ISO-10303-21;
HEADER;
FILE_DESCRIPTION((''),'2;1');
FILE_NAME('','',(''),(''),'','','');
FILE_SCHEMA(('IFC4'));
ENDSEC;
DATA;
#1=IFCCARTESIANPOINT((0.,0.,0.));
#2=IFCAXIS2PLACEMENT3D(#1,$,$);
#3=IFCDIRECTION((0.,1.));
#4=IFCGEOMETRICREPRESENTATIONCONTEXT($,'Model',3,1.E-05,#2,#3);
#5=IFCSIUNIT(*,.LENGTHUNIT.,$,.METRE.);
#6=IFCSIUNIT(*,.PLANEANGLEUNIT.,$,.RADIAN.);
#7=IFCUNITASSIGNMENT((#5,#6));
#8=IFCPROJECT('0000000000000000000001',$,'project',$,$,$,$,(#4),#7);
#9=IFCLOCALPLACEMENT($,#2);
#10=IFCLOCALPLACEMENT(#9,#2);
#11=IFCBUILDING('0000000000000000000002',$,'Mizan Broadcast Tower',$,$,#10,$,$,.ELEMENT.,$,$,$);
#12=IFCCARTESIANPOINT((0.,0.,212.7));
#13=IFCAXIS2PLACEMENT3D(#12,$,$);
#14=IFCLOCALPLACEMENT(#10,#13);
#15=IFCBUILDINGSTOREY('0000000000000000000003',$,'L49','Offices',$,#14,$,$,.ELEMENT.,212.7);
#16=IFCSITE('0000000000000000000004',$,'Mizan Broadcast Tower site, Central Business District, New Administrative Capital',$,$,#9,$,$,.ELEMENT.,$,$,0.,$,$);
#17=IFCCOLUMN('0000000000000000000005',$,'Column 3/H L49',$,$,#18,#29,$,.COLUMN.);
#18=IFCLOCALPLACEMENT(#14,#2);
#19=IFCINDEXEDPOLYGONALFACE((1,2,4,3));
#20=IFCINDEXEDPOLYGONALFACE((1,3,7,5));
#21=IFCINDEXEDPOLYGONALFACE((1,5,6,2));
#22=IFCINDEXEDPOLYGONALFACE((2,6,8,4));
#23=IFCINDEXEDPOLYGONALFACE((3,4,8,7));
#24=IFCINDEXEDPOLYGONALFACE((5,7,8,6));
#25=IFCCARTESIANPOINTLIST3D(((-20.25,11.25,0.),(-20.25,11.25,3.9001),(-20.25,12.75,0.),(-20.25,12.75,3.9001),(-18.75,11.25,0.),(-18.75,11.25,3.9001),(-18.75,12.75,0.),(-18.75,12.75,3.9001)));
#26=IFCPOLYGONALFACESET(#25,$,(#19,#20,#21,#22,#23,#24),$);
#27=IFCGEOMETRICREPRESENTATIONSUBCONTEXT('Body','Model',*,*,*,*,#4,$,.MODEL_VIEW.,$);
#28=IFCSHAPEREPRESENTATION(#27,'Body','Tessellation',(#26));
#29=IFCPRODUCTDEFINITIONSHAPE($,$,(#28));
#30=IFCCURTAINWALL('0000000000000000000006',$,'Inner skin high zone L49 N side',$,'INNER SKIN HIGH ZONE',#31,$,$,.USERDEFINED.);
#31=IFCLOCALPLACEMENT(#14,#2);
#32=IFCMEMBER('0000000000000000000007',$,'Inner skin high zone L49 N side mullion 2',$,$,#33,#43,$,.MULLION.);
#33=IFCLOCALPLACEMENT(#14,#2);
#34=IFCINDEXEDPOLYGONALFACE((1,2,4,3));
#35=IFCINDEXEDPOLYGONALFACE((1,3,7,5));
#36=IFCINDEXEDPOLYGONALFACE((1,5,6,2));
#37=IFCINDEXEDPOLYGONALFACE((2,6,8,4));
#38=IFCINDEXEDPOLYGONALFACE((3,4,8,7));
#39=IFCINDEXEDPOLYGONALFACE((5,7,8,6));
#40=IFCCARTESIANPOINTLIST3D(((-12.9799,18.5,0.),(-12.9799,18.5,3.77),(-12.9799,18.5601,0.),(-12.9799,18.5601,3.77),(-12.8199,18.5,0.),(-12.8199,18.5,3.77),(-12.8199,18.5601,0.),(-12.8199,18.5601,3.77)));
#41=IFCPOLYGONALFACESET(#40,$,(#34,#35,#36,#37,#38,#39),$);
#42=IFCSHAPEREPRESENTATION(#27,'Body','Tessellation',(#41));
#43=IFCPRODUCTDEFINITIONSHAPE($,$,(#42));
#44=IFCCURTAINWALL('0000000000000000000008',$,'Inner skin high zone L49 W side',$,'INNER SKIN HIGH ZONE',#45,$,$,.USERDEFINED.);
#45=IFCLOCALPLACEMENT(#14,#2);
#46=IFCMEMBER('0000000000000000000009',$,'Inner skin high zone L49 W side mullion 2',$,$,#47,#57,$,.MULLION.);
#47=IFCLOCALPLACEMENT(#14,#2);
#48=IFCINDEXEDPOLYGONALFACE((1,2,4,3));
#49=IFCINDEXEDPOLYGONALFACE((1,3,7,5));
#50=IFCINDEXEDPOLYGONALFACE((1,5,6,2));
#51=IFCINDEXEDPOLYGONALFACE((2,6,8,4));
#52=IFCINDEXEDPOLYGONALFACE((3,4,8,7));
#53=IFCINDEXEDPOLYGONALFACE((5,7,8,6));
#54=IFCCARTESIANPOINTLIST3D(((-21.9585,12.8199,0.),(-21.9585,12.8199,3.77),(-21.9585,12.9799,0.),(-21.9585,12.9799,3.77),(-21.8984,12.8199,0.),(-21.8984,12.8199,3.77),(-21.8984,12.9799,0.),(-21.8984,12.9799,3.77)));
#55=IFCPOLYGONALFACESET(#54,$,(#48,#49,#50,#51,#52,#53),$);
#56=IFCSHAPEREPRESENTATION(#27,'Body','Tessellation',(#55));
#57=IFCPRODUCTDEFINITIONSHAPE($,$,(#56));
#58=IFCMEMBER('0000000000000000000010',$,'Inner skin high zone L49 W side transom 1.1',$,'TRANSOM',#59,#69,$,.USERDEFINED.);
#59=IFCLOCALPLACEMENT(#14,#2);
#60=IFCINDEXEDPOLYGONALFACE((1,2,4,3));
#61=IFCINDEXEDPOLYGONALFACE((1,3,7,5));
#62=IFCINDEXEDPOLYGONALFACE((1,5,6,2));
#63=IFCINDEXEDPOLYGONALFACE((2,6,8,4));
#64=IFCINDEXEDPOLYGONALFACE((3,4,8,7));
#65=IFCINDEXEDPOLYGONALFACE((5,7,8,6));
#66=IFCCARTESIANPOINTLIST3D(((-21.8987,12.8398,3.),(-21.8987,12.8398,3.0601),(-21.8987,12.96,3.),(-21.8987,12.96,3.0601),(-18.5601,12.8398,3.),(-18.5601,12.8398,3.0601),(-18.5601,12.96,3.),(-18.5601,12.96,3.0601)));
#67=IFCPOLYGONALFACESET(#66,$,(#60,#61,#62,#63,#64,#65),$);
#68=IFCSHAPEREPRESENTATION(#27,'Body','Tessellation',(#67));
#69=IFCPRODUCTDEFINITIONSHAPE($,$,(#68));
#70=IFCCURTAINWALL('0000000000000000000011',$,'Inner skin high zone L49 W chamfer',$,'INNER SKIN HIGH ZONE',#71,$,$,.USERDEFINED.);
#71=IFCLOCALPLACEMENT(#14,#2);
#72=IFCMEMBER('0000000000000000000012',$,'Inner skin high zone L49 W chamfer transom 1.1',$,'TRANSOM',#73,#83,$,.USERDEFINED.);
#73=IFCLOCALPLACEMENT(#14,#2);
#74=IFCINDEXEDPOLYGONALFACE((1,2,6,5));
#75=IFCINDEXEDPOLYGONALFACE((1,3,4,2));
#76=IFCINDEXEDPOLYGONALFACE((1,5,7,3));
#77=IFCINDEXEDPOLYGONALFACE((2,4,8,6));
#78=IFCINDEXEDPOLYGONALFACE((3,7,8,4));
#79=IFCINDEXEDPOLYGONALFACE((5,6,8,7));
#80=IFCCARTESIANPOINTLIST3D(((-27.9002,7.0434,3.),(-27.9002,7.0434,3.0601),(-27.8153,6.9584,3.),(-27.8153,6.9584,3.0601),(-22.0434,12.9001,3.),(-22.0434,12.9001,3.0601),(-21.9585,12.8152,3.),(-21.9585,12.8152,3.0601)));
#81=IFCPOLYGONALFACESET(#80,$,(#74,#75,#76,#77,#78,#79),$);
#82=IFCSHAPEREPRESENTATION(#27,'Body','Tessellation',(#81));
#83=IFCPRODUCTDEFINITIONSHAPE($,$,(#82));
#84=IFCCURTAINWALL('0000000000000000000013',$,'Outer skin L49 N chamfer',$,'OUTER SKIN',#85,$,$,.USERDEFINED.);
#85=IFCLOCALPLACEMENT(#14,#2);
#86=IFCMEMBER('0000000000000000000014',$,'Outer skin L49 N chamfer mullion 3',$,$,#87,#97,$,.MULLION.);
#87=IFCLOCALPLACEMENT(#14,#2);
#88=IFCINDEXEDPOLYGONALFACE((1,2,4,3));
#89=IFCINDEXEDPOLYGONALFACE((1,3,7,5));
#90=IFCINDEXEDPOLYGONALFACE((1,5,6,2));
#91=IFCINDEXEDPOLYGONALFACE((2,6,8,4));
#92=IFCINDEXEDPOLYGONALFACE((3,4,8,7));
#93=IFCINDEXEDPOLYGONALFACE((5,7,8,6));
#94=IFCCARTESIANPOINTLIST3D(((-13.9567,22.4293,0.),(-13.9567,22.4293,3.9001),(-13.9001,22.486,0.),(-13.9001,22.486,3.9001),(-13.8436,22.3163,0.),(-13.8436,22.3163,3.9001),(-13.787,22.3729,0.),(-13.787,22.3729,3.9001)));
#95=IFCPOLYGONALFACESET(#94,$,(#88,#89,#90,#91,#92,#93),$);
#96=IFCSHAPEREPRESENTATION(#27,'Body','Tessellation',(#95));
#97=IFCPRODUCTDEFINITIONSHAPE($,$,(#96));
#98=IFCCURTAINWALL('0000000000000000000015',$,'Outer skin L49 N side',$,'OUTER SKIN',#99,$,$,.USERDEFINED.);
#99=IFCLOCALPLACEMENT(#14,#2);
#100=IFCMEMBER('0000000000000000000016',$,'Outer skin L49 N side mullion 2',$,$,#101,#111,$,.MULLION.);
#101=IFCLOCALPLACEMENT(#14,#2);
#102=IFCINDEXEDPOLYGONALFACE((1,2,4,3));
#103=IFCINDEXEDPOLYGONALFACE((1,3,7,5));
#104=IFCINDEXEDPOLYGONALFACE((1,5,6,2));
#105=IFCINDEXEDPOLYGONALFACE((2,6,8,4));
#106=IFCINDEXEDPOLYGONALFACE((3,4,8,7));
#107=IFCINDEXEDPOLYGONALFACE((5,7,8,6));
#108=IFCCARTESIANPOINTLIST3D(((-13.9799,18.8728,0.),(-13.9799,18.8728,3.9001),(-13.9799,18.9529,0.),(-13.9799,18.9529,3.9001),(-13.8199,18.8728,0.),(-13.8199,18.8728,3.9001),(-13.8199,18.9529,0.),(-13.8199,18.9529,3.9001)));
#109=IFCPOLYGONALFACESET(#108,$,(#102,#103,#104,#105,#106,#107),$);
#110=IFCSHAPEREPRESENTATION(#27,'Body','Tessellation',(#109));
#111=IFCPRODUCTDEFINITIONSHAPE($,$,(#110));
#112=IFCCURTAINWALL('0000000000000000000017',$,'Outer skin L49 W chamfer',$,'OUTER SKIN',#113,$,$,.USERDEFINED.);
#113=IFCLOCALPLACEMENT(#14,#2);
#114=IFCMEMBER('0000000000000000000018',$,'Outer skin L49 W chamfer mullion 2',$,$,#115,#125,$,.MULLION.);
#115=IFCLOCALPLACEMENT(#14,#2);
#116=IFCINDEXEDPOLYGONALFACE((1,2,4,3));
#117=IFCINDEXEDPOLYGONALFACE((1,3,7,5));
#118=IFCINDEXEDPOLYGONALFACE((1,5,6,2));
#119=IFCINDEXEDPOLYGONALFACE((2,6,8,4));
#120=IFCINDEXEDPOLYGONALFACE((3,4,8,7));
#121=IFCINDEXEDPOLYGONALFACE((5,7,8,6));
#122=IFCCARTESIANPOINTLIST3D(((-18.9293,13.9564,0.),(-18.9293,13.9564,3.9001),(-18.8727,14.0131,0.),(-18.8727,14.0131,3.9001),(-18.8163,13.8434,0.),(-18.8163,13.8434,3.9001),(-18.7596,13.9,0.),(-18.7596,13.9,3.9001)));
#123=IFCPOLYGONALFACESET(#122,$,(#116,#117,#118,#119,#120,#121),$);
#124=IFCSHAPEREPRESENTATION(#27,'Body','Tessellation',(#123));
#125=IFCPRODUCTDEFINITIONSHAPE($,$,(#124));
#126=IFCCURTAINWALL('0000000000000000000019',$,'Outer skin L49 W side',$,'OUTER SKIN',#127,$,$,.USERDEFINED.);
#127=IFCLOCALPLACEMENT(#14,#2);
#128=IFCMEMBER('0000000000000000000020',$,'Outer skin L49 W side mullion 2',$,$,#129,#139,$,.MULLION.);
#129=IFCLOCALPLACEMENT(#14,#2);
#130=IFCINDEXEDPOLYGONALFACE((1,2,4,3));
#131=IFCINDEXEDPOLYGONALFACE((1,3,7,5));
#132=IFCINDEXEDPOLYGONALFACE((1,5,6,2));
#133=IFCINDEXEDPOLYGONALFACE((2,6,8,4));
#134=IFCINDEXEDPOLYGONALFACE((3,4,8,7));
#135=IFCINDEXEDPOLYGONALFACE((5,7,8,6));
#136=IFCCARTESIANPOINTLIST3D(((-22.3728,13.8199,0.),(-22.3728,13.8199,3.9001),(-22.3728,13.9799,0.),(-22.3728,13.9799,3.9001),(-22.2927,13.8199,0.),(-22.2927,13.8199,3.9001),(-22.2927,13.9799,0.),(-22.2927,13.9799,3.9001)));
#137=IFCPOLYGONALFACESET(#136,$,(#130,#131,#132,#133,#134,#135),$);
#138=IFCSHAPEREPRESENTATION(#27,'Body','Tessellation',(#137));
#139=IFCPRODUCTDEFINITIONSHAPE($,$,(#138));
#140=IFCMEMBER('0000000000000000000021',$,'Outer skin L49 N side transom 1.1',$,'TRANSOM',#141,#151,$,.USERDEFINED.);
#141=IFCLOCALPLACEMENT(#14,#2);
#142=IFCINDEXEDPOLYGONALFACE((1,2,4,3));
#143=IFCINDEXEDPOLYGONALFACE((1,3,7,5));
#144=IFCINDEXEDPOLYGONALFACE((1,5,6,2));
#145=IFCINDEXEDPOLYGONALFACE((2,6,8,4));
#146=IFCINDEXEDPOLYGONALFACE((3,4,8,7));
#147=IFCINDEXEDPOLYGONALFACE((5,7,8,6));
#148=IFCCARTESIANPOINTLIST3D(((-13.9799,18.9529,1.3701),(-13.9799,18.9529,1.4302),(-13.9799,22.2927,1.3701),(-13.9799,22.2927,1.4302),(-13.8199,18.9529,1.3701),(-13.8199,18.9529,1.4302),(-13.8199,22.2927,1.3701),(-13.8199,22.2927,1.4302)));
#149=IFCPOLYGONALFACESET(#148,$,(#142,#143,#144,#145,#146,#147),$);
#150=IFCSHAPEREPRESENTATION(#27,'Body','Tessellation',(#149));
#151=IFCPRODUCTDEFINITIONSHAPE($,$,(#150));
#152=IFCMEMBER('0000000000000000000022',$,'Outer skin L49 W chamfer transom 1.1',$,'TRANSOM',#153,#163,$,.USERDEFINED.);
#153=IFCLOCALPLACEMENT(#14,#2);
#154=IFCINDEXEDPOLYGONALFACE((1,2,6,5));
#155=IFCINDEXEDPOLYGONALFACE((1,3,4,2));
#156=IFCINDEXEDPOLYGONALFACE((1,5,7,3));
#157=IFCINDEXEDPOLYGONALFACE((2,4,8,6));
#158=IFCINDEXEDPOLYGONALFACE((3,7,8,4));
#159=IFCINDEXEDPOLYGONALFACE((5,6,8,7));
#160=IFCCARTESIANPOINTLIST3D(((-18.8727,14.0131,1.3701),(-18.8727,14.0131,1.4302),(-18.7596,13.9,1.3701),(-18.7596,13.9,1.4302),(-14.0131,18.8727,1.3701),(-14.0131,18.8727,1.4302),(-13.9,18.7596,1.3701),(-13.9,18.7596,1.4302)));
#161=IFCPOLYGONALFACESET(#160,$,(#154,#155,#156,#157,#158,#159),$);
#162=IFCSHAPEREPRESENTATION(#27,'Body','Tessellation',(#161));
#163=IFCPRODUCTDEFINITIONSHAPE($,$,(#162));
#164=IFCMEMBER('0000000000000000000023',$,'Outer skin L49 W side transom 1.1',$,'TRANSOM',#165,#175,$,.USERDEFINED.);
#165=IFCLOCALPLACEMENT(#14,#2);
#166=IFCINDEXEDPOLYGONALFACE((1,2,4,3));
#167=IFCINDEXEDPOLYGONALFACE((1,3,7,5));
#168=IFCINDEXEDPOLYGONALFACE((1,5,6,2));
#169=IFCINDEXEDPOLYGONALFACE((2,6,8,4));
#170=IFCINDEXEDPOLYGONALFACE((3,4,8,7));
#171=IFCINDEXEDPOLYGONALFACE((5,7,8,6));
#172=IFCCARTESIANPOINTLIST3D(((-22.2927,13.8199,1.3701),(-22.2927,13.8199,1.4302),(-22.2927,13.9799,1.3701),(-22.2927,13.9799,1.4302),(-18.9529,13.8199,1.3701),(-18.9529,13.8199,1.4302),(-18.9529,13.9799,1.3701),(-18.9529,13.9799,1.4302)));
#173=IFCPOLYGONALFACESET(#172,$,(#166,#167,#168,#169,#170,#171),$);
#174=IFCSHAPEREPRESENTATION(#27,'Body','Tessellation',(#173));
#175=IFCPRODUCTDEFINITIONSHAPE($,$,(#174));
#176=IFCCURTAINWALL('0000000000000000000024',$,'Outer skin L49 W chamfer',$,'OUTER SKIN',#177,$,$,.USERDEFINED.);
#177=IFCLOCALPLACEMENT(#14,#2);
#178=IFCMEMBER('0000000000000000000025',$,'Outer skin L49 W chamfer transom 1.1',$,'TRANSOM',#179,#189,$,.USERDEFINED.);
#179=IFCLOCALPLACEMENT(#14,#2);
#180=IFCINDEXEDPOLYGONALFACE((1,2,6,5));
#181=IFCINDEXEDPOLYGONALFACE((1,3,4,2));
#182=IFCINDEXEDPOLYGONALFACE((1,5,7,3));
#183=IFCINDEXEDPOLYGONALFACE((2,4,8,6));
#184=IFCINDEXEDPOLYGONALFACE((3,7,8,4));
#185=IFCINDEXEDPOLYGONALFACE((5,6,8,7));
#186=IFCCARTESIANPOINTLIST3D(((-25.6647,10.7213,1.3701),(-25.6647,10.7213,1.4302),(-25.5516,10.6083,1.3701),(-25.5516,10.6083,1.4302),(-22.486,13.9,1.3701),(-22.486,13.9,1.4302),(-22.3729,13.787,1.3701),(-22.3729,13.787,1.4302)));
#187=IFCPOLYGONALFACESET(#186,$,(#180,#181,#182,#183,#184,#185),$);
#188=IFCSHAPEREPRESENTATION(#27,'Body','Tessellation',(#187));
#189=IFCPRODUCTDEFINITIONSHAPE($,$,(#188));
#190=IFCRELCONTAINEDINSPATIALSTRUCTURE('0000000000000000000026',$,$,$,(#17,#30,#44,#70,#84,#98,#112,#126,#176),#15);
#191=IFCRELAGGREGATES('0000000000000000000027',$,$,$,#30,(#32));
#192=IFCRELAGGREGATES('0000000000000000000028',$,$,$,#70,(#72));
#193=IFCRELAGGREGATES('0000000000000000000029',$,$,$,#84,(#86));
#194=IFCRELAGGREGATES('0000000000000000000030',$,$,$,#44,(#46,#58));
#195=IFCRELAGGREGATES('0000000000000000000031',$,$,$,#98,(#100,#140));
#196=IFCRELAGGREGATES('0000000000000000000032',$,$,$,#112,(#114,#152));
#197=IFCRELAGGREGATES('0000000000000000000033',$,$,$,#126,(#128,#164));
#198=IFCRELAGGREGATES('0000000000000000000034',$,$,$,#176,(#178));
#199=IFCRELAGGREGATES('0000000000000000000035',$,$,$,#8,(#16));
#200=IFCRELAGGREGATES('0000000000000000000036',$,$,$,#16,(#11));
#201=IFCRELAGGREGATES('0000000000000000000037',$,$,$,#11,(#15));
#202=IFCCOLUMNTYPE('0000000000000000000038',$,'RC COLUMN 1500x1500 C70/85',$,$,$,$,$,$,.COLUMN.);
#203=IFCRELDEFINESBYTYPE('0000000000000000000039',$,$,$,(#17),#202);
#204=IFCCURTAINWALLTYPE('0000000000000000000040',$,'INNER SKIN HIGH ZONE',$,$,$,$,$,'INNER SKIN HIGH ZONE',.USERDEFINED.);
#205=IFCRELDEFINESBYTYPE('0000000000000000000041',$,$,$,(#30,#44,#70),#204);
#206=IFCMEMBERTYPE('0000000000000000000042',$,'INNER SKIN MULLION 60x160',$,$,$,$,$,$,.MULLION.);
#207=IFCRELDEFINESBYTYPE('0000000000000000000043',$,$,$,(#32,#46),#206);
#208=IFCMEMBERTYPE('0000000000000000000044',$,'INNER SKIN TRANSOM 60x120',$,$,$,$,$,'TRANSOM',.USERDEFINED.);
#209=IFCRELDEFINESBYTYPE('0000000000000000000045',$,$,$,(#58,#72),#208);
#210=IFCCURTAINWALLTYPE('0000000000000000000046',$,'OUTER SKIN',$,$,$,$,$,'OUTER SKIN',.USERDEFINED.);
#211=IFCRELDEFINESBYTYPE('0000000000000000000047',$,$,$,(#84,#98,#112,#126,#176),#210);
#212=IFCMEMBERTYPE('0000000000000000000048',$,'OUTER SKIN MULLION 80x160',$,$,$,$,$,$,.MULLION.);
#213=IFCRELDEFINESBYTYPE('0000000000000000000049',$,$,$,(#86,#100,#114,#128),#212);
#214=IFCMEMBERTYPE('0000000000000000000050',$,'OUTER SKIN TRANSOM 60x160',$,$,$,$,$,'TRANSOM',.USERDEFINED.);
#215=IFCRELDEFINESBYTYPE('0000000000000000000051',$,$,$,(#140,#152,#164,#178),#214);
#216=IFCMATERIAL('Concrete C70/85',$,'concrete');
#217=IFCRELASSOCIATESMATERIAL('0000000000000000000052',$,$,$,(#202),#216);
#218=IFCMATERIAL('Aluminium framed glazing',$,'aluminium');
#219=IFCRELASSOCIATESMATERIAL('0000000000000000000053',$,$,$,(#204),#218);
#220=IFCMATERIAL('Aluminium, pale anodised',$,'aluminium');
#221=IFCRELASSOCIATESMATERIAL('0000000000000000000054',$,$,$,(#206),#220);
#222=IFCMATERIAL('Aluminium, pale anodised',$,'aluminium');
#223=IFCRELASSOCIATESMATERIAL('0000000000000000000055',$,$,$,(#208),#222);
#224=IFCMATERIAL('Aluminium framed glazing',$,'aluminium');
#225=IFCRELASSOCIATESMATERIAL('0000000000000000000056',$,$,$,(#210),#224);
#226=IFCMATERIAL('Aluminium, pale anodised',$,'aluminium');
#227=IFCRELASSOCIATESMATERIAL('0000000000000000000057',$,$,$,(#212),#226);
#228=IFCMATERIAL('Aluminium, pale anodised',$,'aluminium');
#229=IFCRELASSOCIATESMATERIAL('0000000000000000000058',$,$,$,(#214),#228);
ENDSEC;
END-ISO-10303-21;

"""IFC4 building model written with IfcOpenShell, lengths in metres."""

from ifc_helpers import new_model, si_unit, direction, frame, origin, origin_2d, place, context, subcontext, project, spatial, rectangle, extrude, material, material_profile, profile_set, type_object, element, aggregate, save


model = new_model("IFC4")

# Units and contexts
model_context = context("Model", 3, precision=1e-05, world=origin(), true_north=direction((0.0, 1.0)))
body_context = subcontext(model_context, "Body", "Model", "MODEL_VIEW")
ifc_project = project(units=[si_unit("LENGTHUNIT", "METRE"), si_unit("PLANEANGLEUNIT", "RADIAN")], contexts=[model_context])

# Site, building, storey
site_placement = place(None, origin())
site = spatial("IfcSite", under=ifc_project, at=site_placement, Name="Mizan Broadcast Tower site, Central Business District, New Administrative Capital", CompositionType="ELEMENT", RefElevation=0.0)
building_placement = place(site_placement, origin())
building = spatial("IfcBuilding", under=site, at=building_placement, Name="Mizan Broadcast Tower", CompositionType="ELEMENT")
storey_placement = place(building_placement, frame((0.0, 0.0, 212.7)))
storey = spatial("IfcBuildingStorey", under=building, at=storey_placement, Name="L49", Description="Offices", CompositionType="ELEMENT", Elevation=212.7)

# Column
ifc_material_1 = material(Name="Concrete C70/85", Category="concrete")
ifc_material_profile_1 = material_profile(ifc_material_1, rectangle(XDim=1.5, YDim=1.5, at=origin_2d()), Name="RC 1500x1500")
ifc_profile_set_1 = profile_set([ifc_material_profile_1], Name="Concrete C70/85")
column_type = type_object("IfcColumnType", Name="RC COLUMN 1500x1500 C70/85", PredefinedType="COLUMN", material=ifc_profile_set_1)
column_placement = place(storey_placement, frame((-19.5, 12.0, 0.0), z_axis=(0.0, 0.0, 1.0), x_axis=(1.0, 0.0, 0.0)))
element("IfcColumn", 1, at=column_placement, inside=storey, type_object=column_type, Name="Column 3/H L49", PredefinedType="COLUMN", context=body_context, shape_type="SweptSolid", body=[
    extrude(rectangle(XDim=1.5, YDim=1.5, at=origin_2d()), origin(), (0.0, 0.0, 1.0), 3.9001),
])

# Curtain wall, member
ifc_material_2 = material(Name="Aluminium framed glazing", Category="aluminium")
curtain_wall_type_1 = type_object("IfcCurtainWallType", Name="INNER SKIN HIGH ZONE", ElementType="INNER SKIN HIGH ZONE", PredefinedType="USERDEFINED", material=ifc_material_2)
curtain_wall_1_placement = place(storey_placement, origin())
curtain_wall_1 = element("IfcCurtainWall", 2, at=curtain_wall_1_placement, inside=storey, type_object=curtain_wall_type_1, Name="Inner skin high zone L49 N side", ObjectType="INNER SKIN HIGH ZONE", PredefinedType="USERDEFINED")
ifc_material_3 = material(Name="Aluminium, pale anodised", Category="aluminium")
ifc_material_profile_2 = material_profile(ifc_material_3, rectangle(XDim=0.1599, YDim=0.0601, at=origin_2d()), Name="MULLION 160x60")
ifc_profile_set_2 = profile_set([ifc_material_profile_2], Name="Aluminium, pale anodised")
member_type_1 = type_object("IfcMemberType", Name="INNER SKIN MULLION 60x160", PredefinedType="MULLION", material=ifc_profile_set_2)
member_1_placement = place(storey_placement, frame((-12.8999, 18.53, 0.0), z_axis=(0.0, 0.0, 1.0), x_axis=(1.0, 0.0, 0.0)))
member_1 = element("IfcMember", 3, at=member_1_placement, type_object=member_type_1, Name="Inner skin high zone L49 N side mullion 2", PredefinedType="MULLION", context=body_context, shape_type="SweptSolid", body=[
    extrude(rectangle(XDim=0.1599, YDim=0.0601, at=origin_2d()), origin(), (0.0, 0.0, 1.0), 3.77),
])
aggregate(curtain_wall_1, [member_1])

# Curtain wall, members
curtain_wall_2_placement = place(storey_placement, origin())
curtain_wall_2 = element("IfcCurtainWall", 4, at=curtain_wall_2_placement, inside=storey, type_object=curtain_wall_type_1, Name="Inner skin high zone L49 W side", ObjectType="INNER SKIN HIGH ZONE", PredefinedType="USERDEFINED")
member_2_placement = place(storey_placement, frame((-21.9285, 12.8999, 0.0), z_axis=(0.0, 0.0, 1.0), x_axis=(0.0, -1.0, 0.0)))
member_2 = element("IfcMember", 5, at=member_2_placement, type_object=member_type_1, Name="Inner skin high zone L49 W side mullion 2", PredefinedType="MULLION", context=body_context, shape_type="SweptSolid", body=[
    extrude(rectangle(XDim=0.1599, YDim=0.0601, at=origin_2d()), origin(), (0.0, 0.0, 1.0), 3.77),
])
ifc_material_4 = material(Name="Aluminium, pale anodised", Category="aluminium")
ifc_material_profile_3 = material_profile(ifc_material_4, rectangle(XDim=0.1201, YDim=0.0601, at=origin_2d()), Name="TRANSOM 120x60")
ifc_profile_set_3 = profile_set([ifc_material_profile_3], Name="Aluminium, pale anodised")
member_type_2 = type_object("IfcMemberType", Name="INNER SKIN TRANSOM 60x120", ElementType="TRANSOM", PredefinedType="USERDEFINED", material=ifc_profile_set_3)
member_3_placement = place(storey_placement, frame((-18.5601, 12.8999, 3.03), z_axis=(-1.0, 0.0, 0.0), x_axis=(0.0, -1.0, 0.0)))
member_3 = element("IfcMember", 6, at=member_3_placement, type_object=member_type_2, Name="Inner skin high zone L49 W side transom 1.1", ObjectType="TRANSOM", PredefinedType="USERDEFINED", context=body_context, shape_type="SweptSolid", body=[
    extrude(rectangle(XDim=0.1201, YDim=0.0601, at=origin_2d()), origin(), (0.0, 0.0, 1.0), 3.3386),
])

# Curtain walls, members
curtain_wall_3_placement = place(storey_placement, origin())
curtain_wall_3 = element("IfcCurtainWall", 7, at=curtain_wall_3_placement, inside=storey, type_object=curtain_wall_type_1, Name="Inner skin high zone L49 W chamfer", ObjectType="INNER SKIN HIGH ZONE", PredefinedType="USERDEFINED")
member_4_placement = place(storey_placement, frame((-22.001, 12.8577, 3.03), z_axis=(-0.707107, -0.707107, 0.0), x_axis=(0.707107, -0.707107, 0.0)))
member_4 = element("IfcMember", 8, at=member_4_placement, type_object=member_type_2, Name="Inner skin high zone L49 W chamfer transom 1.1", ObjectType="TRANSOM", PredefinedType="USERDEFINED", context=body_context, shape_type="SweptSolid", body=[
    extrude(rectangle(XDim=0.1201, YDim=0.0601, at=origin_2d()), origin(), (0.0, 0.0, 1.0), 8.2827),
])
aggregate(curtain_wall_3, [member_4])
ifc_material_5 = material(Name="Aluminium framed glazing", Category="aluminium")
curtain_wall_type_2 = type_object("IfcCurtainWallType", Name="OUTER SKIN", ElementType="OUTER SKIN", PredefinedType="USERDEFINED", material=ifc_material_5)
curtain_wall_4_placement = place(storey_placement, origin())
curtain_wall_4 = element("IfcCurtainWall", 9, at=curtain_wall_4_placement, inside=storey, type_object=curtain_wall_type_2, Name="Outer skin L49 N chamfer", ObjectType="OUTER SKIN", PredefinedType="USERDEFINED")
ifc_material_6 = material(Name="Aluminium, pale anodised", Category="aluminium")
ifc_material_profile_4 = material_profile(ifc_material_6, rectangle(XDim=0.1599, YDim=0.0801, at=origin_2d()), Name="MULLION 160x80")
ifc_profile_set_4 = profile_set([ifc_material_profile_4], Name="Aluminium, pale anodised")
member_type_3 = type_object("IfcMemberType", Name="OUTER SKIN MULLION 80x160", PredefinedType="MULLION", material=ifc_profile_set_4)
member_5_placement = place(storey_placement, frame((-13.8718, 22.4011, 0.0), z_axis=(0.0, 0.0, 1.0), x_axis=(0.707107, -0.707107, 0.0)))
member_5 = element("IfcMember", 10, at=member_5_placement, type_object=member_type_3, Name="Outer skin L49 N chamfer mullion 3", PredefinedType="MULLION", context=body_context, shape_type="SweptSolid", body=[
    extrude(rectangle(XDim=0.1599, YDim=0.0801, at=origin_2d()), origin(), (0.0, 0.0, 1.0), 3.9001),
])
aggregate(curtain_wall_4, [member_5])
curtain_wall_5_placement = place(storey_placement, origin())
curtain_wall_5 = element("IfcCurtainWall", 11, at=curtain_wall_5_placement, inside=storey, type_object=curtain_wall_type_2, Name="Outer skin L49 N side", ObjectType="OUTER SKIN", PredefinedType="USERDEFINED")
member_6_placement = place(storey_placement, frame((-13.8999, 18.9128, 0.0), z_axis=(0.0, 0.0, 1.0), x_axis=(1.0, 0.0, 0.0)))
member_6 = element("IfcMember", 12, at=member_6_placement, type_object=member_type_3, Name="Outer skin L49 N side mullion 2", PredefinedType="MULLION", context=body_context, shape_type="SweptSolid", body=[
    extrude(rectangle(XDim=0.1599, YDim=0.0801, at=origin_2d()), origin(), (0.0, 0.0, 1.0), 3.9001),
])
curtain_wall_6_placement = place(storey_placement, origin())
curtain_wall_6 = element("IfcCurtainWall", 13, at=curtain_wall_6_placement, inside=storey, type_object=curtain_wall_type_2, Name="Outer skin L49 W chamfer", ObjectType="OUTER SKIN", PredefinedType="USERDEFINED")
member_7_placement = place(storey_placement, frame((-18.8445, 13.9282, 0.0), z_axis=(0.0, 0.0, 1.0), x_axis=(0.707107, -0.707107, 0.0)))
member_7 = element("IfcMember", 14, at=member_7_placement, type_object=member_type_3, Name="Outer skin L49 W chamfer mullion 2", PredefinedType="MULLION", context=body_context, shape_type="SweptSolid", body=[
    extrude(rectangle(XDim=0.1599, YDim=0.0801, at=origin_2d()), origin(), (0.0, 0.0, 1.0), 3.9001),
])
curtain_wall_7_placement = place(storey_placement, origin())
curtain_wall_7 = element("IfcCurtainWall", 15, at=curtain_wall_7_placement, inside=storey, type_object=curtain_wall_type_2, Name="Outer skin L49 W side", ObjectType="OUTER SKIN", PredefinedType="USERDEFINED")
member_8_placement = place(storey_placement, frame((-22.3328, 13.8999, 0.0), z_axis=(0.0, 0.0, 1.0), x_axis=(0.0, -1.0, 0.0)))
member_8 = element("IfcMember", 16, at=member_8_placement, type_object=member_type_3, Name="Outer skin L49 W side mullion 2", PredefinedType="MULLION", context=body_context, shape_type="SweptSolid", body=[
    extrude(rectangle(XDim=0.1599, YDim=0.0801, at=origin_2d()), origin(), (0.0, 0.0, 1.0), 3.9001),
])

# Members
ifc_material_7 = material(Name="Aluminium, pale anodised", Category="aluminium")
ifc_material_profile_5 = material_profile(ifc_material_7, rectangle(XDim=0.1599, YDim=0.0601, at=origin_2d()), Name="TRANSOM 160x60")
ifc_profile_set_5 = profile_set([ifc_material_profile_5], Name="Aluminium, pale anodised")
member_type_4 = type_object("IfcMemberType", Name="OUTER SKIN TRANSOM 60x160", ElementType="TRANSOM", PredefinedType="USERDEFINED", material=ifc_profile_set_5)
member_9_placement = place(storey_placement, frame((-13.8999, 22.2927, 1.4001), z_axis=(0.0, -1.0, 0.0), x_axis=(1.0, 0.0, 0.0)))
member_9 = element("IfcMember", 17, at=member_9_placement, type_object=member_type_4, Name="Outer skin L49 N side transom 1.1", ObjectType="TRANSOM", PredefinedType="USERDEFINED", context=body_context, shape_type="SweptSolid", body=[
    extrude(rectangle(XDim=0.1599, YDim=0.0601, at=origin_2d()), origin(), (0.0, 0.0, 1.0), 3.3398),
])
member_10_placement = place(storey_placement, frame((-13.9565, 18.8162, 1.4001), z_axis=(-0.707107, -0.707107, 0.0), x_axis=(0.707107, -0.707107, 0.0)))
member_10 = element("IfcMember", 18, at=member_10_placement, type_object=member_type_4, Name="Outer skin L49 W chamfer transom 1.1", ObjectType="TRANSOM", PredefinedType="USERDEFINED", context=body_context, shape_type="SweptSolid", body=[
    extrude(rectangle(XDim=0.1599, YDim=0.0601, at=origin_2d()), origin(), (0.0, 0.0, 1.0), 6.8726),
])
member_11_placement = place(storey_placement, frame((-18.9529, 13.8999, 1.4001), z_axis=(-1.0, 0.0, 0.0), x_axis=(0.0, -1.0, 0.0)))
member_11 = element("IfcMember", 19, at=member_11_placement, type_object=member_type_4, Name="Outer skin L49 W side transom 1.1", ObjectType="TRANSOM", PredefinedType="USERDEFINED", context=body_context, shape_type="SweptSolid", body=[
    extrude(rectangle(XDim=0.1599, YDim=0.0601, at=origin_2d()), origin(), (0.0, 0.0, 1.0), 3.3398),
])

# Curtain wall, member
curtain_wall_8_placement = place(storey_placement, origin())
curtain_wall_8 = element("IfcCurtainWall", 20, at=curtain_wall_8_placement, inside=storey, type_object=curtain_wall_type_2, Name="Outer skin L49 W chamfer", ObjectType="OUTER SKIN", PredefinedType="USERDEFINED")
member_12_placement = place(storey_placement, frame((-22.4294, 13.8435, 1.4001), z_axis=(-0.707107, -0.707107, 0.0), x_axis=(0.707107, -0.707107, 0.0)))
member_12 = element("IfcMember", 21, at=member_12_placement, type_object=member_type_4, Name="Outer skin L49 W chamfer transom 1.1", ObjectType="TRANSOM", PredefinedType="USERDEFINED", context=body_context, shape_type="SweptSolid", body=[
    extrude(rectangle(XDim=0.1599, YDim=0.0601, at=origin_2d()), origin(), (0.0, 0.0, 1.0), 4.4954),
])

aggregate(curtain_wall_2, [member_2, member_3])
aggregate(curtain_wall_5, [member_6, member_9])
aggregate(curtain_wall_6, [member_7, member_10])
aggregate(curtain_wall_7, [member_8, member_11])
aggregate(curtain_wall_8, [member_12])

save(model, "model.ifc")
